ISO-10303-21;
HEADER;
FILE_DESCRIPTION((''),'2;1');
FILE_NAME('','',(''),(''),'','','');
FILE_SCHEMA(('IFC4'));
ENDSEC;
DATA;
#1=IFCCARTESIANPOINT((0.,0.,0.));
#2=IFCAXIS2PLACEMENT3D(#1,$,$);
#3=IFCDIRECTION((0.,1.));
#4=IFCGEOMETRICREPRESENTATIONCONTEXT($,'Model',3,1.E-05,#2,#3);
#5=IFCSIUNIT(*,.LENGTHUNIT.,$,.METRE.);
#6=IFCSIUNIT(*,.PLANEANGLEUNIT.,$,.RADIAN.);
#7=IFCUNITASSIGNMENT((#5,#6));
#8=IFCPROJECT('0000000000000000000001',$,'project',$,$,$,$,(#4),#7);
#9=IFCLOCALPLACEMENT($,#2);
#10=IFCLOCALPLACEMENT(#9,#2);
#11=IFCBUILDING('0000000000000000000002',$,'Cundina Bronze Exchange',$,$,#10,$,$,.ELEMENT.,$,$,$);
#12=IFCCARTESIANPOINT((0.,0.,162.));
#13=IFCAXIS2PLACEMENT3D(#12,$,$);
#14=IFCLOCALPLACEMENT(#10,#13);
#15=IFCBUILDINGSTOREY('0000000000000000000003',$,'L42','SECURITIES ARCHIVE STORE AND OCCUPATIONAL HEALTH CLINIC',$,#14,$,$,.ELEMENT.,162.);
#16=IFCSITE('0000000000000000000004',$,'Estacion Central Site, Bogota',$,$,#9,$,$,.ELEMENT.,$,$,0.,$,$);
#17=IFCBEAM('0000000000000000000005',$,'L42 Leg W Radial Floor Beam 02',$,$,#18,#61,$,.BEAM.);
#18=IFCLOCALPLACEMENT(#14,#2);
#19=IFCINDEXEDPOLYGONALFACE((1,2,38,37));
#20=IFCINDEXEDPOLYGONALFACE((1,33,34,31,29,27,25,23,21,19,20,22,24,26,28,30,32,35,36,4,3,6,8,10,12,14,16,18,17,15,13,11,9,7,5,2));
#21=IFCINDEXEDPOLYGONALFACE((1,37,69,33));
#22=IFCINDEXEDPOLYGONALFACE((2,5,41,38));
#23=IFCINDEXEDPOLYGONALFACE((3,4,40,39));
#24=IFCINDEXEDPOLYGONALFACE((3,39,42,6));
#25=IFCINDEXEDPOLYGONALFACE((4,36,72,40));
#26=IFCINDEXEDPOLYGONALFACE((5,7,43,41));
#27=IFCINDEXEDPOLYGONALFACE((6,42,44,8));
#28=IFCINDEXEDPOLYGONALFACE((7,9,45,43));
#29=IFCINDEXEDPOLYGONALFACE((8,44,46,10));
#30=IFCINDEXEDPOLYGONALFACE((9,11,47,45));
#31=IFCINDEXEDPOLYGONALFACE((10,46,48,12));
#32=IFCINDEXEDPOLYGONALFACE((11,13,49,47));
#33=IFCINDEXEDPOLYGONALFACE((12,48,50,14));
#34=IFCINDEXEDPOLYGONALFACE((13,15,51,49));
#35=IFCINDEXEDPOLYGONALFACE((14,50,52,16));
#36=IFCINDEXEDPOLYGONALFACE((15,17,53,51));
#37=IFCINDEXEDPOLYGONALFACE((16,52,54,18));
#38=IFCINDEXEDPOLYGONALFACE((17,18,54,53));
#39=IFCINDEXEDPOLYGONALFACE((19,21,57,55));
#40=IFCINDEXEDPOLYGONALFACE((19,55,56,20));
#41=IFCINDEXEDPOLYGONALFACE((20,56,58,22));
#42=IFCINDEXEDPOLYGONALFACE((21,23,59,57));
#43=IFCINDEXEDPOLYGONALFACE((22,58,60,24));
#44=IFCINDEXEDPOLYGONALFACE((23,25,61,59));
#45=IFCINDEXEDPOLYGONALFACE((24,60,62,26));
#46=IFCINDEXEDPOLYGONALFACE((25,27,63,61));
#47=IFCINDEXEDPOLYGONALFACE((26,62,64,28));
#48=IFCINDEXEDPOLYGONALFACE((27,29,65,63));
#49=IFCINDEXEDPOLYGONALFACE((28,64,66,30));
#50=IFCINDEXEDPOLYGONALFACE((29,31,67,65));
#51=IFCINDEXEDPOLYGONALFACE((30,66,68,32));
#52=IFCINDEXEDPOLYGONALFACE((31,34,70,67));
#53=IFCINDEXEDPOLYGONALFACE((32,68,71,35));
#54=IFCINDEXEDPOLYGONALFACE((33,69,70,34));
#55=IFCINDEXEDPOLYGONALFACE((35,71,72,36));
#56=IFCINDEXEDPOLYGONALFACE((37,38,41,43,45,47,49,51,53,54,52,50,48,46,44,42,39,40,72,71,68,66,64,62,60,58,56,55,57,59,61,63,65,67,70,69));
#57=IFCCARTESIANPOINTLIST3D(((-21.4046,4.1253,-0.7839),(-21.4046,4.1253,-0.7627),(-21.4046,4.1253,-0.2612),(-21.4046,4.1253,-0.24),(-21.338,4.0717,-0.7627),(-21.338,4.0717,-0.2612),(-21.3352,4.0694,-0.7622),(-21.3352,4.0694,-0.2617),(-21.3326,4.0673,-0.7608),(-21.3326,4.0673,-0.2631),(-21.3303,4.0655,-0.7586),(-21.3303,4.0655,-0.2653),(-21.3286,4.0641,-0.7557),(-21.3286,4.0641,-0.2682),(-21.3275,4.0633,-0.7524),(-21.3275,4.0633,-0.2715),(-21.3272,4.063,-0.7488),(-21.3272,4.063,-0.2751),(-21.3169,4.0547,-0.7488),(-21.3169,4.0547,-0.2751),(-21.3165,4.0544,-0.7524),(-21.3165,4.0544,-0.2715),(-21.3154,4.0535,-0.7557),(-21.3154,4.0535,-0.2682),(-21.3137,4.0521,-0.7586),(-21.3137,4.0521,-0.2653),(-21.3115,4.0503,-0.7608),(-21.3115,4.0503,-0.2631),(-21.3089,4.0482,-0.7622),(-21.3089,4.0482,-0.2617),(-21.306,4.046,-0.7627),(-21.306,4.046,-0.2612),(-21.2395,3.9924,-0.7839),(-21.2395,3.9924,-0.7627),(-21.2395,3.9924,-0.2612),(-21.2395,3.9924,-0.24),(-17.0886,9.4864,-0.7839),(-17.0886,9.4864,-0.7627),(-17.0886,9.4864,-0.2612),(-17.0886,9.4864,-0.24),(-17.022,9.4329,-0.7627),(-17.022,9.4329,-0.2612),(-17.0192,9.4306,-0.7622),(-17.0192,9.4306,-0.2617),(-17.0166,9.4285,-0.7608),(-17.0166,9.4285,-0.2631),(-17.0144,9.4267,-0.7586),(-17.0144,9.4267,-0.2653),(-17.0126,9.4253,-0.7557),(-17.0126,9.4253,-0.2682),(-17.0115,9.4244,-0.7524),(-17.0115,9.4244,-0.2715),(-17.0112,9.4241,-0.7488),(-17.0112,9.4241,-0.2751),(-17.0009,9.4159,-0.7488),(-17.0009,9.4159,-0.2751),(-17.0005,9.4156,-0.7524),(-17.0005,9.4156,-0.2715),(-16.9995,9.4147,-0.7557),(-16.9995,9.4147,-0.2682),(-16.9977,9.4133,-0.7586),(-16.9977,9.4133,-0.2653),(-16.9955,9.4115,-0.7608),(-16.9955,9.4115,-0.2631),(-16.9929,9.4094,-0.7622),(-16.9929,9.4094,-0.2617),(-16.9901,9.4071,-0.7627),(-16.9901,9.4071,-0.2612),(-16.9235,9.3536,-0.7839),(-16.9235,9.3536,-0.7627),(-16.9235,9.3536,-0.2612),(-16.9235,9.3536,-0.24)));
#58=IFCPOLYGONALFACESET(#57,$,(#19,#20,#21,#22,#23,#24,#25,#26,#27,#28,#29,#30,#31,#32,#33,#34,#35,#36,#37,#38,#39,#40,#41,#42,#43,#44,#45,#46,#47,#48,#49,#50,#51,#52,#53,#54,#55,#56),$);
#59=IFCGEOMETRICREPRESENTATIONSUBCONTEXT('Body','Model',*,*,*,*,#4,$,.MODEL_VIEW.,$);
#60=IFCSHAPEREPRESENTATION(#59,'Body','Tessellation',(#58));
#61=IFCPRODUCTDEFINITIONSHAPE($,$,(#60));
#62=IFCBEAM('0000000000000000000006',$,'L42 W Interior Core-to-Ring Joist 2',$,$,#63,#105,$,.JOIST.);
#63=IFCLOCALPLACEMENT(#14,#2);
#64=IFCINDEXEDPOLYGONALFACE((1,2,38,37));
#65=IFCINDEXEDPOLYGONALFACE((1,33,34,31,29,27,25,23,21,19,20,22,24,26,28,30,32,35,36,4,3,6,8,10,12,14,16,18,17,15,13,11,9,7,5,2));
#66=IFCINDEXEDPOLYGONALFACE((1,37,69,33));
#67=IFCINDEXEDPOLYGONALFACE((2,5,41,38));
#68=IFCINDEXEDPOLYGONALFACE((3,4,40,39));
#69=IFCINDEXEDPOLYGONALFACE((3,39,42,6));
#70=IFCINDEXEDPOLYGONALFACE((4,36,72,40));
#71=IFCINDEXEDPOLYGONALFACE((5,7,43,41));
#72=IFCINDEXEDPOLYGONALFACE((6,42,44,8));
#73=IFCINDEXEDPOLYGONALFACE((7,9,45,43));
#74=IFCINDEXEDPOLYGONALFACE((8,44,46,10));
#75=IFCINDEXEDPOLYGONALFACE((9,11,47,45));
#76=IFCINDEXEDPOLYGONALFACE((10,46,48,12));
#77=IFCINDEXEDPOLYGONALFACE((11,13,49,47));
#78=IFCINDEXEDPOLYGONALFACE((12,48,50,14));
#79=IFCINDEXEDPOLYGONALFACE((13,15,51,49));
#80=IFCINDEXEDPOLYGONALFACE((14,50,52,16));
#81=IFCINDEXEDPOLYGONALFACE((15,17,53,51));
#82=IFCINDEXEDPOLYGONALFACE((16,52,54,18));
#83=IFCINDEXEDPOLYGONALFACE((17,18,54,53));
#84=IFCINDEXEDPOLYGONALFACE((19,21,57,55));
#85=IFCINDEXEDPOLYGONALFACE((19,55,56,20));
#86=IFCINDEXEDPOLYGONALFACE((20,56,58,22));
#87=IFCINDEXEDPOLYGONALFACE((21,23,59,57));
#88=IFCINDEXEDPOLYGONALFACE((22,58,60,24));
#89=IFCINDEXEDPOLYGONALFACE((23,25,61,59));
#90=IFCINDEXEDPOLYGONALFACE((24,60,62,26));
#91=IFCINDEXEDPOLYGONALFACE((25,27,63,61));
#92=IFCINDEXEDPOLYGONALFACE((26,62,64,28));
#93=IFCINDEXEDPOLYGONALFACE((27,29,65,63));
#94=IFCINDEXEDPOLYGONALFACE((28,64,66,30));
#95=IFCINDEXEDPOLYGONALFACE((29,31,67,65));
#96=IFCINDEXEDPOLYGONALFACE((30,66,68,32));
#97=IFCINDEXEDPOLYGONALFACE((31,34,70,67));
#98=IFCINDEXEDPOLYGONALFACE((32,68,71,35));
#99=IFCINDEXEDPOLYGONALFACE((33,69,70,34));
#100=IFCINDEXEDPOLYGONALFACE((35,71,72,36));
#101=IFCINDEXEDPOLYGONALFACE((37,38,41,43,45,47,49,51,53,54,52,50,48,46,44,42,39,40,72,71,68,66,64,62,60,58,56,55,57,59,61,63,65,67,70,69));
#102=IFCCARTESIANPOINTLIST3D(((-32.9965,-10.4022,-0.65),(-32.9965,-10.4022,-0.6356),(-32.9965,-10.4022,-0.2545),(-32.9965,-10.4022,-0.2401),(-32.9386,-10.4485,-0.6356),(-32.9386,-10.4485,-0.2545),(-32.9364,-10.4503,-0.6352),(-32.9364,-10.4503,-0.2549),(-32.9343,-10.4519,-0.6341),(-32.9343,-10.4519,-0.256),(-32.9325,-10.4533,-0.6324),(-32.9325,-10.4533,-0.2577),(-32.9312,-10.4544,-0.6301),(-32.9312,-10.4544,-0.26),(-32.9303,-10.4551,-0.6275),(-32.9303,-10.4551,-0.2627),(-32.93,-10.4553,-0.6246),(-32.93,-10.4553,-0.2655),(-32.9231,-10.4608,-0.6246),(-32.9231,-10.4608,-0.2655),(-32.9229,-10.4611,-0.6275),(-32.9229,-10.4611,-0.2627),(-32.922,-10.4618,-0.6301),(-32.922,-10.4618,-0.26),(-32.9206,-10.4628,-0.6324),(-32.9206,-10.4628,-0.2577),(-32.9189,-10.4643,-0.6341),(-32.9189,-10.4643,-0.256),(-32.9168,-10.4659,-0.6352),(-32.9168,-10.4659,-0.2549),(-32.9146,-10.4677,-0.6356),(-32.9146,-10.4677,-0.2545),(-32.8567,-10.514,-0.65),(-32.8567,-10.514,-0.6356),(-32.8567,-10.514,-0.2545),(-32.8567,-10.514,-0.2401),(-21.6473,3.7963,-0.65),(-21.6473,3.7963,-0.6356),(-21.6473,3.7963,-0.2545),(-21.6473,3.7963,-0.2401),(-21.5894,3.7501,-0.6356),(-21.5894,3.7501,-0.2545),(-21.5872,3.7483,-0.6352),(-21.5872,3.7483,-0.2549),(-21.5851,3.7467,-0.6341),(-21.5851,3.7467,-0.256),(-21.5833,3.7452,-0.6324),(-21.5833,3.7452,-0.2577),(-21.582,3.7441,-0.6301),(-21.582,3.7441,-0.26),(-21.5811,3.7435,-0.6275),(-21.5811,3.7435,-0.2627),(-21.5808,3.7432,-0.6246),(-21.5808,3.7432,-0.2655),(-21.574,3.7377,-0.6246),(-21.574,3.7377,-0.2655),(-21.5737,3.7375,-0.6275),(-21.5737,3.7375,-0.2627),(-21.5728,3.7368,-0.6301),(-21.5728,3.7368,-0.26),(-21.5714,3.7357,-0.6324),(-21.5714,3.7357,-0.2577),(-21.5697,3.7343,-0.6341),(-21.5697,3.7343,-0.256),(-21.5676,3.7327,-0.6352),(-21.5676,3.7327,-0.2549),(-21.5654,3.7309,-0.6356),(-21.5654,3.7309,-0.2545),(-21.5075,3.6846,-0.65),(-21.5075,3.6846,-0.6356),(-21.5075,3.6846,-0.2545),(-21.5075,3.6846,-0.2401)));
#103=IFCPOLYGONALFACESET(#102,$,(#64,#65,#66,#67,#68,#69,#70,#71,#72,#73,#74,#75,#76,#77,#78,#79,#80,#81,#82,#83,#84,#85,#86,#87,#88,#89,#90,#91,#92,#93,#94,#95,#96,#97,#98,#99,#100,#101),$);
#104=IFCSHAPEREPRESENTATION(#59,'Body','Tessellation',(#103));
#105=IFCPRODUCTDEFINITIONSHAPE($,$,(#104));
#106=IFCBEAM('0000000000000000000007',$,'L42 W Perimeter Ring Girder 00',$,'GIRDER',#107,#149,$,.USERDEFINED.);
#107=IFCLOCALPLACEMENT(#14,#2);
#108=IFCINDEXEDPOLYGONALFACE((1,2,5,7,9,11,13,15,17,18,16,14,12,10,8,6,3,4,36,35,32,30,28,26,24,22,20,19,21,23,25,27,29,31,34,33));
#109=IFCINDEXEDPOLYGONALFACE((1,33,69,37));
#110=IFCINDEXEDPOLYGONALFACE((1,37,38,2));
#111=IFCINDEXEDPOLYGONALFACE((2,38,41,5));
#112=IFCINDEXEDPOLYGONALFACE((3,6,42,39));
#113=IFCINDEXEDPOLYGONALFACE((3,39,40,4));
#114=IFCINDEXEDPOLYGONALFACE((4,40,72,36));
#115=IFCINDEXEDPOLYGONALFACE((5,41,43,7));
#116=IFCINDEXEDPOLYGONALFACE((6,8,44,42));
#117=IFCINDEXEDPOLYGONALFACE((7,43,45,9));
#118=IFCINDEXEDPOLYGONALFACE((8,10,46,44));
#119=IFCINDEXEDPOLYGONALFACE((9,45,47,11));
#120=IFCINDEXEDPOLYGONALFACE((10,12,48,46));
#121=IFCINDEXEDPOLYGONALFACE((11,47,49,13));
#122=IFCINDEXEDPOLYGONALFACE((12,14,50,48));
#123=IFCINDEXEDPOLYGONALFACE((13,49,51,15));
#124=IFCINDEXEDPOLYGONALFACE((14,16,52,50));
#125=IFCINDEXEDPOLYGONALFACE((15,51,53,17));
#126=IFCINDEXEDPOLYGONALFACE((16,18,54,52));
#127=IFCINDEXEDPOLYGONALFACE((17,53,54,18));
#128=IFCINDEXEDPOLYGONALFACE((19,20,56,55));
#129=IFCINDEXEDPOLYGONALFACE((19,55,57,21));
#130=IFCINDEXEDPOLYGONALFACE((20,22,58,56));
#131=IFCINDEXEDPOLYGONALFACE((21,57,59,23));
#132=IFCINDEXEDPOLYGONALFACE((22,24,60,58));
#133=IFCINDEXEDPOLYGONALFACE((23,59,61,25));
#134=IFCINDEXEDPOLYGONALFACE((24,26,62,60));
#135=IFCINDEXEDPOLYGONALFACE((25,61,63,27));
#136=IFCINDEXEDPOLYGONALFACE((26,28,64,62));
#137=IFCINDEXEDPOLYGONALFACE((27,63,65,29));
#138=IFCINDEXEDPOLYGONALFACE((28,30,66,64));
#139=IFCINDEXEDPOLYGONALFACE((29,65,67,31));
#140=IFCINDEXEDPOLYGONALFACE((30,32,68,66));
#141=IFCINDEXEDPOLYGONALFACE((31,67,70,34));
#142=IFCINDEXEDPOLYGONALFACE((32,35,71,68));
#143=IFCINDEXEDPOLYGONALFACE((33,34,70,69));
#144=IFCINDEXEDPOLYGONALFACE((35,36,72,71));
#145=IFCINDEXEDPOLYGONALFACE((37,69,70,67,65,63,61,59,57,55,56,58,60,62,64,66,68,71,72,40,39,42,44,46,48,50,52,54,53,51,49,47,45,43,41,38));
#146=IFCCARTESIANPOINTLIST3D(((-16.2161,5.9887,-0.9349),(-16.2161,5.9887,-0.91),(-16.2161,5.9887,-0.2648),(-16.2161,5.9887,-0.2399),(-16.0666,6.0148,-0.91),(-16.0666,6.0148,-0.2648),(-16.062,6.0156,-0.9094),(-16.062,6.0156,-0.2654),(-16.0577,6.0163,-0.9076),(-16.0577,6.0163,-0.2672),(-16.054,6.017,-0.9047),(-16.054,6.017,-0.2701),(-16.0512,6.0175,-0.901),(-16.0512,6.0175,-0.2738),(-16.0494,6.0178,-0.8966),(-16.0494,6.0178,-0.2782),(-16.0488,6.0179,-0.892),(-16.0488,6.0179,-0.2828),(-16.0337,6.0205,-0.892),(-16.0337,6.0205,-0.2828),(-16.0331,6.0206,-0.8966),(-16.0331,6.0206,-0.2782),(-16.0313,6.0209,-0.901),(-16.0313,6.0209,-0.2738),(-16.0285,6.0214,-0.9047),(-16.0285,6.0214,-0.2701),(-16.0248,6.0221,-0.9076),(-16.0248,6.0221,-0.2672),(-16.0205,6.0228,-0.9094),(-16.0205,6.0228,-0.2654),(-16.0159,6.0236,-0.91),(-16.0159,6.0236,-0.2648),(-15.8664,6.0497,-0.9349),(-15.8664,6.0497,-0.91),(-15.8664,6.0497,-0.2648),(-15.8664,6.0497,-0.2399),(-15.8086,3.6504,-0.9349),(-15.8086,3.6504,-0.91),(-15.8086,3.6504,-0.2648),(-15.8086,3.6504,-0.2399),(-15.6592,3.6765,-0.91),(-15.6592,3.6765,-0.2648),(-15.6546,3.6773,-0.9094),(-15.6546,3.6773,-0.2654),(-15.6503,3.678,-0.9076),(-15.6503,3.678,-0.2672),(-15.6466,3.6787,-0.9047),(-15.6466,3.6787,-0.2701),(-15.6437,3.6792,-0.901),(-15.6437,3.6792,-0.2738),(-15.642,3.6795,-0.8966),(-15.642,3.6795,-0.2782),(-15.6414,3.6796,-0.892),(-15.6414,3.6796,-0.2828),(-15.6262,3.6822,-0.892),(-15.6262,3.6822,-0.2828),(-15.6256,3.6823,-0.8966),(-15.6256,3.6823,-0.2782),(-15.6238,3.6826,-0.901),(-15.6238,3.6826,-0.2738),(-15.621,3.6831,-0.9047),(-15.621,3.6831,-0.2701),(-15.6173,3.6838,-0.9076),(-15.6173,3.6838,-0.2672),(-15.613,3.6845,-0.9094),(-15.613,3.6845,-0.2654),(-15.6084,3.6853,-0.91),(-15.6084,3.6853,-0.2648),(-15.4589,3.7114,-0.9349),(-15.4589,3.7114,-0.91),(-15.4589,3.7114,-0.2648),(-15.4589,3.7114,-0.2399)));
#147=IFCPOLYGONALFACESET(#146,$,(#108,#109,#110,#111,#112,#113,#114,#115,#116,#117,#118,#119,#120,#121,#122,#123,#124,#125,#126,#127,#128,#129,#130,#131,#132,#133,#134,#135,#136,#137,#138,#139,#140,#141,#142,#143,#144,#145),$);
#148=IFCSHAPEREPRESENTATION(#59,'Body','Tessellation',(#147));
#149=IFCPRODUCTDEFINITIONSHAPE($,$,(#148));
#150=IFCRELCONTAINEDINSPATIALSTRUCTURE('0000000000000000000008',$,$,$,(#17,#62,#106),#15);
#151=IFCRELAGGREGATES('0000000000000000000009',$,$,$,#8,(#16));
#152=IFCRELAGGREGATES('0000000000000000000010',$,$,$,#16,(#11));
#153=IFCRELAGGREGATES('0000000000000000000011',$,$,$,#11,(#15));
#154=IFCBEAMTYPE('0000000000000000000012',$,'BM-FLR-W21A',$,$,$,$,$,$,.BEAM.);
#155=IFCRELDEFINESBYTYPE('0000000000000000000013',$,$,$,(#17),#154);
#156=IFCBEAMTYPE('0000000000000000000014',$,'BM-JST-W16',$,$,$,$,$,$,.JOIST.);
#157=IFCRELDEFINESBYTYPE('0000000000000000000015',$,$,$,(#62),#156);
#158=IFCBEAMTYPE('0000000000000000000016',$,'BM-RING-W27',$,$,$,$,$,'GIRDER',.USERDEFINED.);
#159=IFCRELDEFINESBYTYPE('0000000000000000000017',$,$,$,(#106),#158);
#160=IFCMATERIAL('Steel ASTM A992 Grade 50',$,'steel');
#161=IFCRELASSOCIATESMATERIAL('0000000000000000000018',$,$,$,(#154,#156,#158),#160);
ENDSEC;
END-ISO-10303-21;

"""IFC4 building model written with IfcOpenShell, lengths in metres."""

from ifc_helpers import new_model, si_unit, direction, frame, origin, origin_2d, place, context, subcontext, project, spatial, i_section, extrude, material, material_profile, profile_set, type_object, element, save


model = new_model("IFC4")

# Units and contexts
model_context = context("Model", 3, precision=1e-05, world=origin(), true_north=direction((0.0, 1.0)))
body_context = subcontext(model_context, "Body", "Model", "MODEL_VIEW")
ifc_project = project(units=[si_unit("LENGTHUNIT", "METRE"), si_unit("PLANEANGLEUNIT", "RADIAN")], contexts=[model_context])

# Site, building, storey
site_placement = place(None, origin())
site = spatial("IfcSite", under=ifc_project, at=site_placement, Name="Estacion Central Site, Bogota", CompositionType="ELEMENT", RefElevation=0.0)
building_placement = place(site_placement, origin())
building = spatial("IfcBuilding", under=site, at=building_placement, Name="Cundina Bronze Exchange", CompositionType="ELEMENT")
storey_placement = place(building_placement, frame((0.0, 0.0, 162.0)))
storey = spatial("IfcBuildingStorey", under=building, at=storey_placement, Name="L42", Description="SECURITIES ARCHIVE STORE AND OCCUPATIONAL HEALTH CLINIC", CompositionType="ELEMENT", Elevation=162.0)

# Shared definitions
ifc_material_1 = material(Name="Steel ASTM A992 Grade 50", Category="steel")

# Beams
ifc_material_profile_1 = material_profile(ifc_material_1, i_section(OverallWidth=0.2119, OverallDepth=0.5439, WebThickness=0.0132, FlangeThickness=0.0212, FilletRadius=0.0139, at=origin_2d()), Name="W21X83", Category="steel")
ifc_profile_set_1 = profile_set([ifc_material_profile_1], Name="Steel ASTM A992 Grade 50")
beam_type_1 = type_object("IfcBeamType", Name="BM-FLR-W21A", PredefinedType="BEAM", material=ifc_profile_set_1)
beam_1_placement = place(storey_placement, frame((-21.322, 4.0588, -0.512), z_axis=(0.627089, 0.778948, 0.0), x_axis=(-0.778948, 0.627089, 0.0)))
element("IfcBeam", 1, at=beam_1_placement, inside=storey, type_object=beam_type_1, Name="L42 Leg W Radial Floor Beam 02", PredefinedType="BEAM", context=body_context, shape_type="SweptSolid", body=[
    extrude(i_section(OverallWidth=0.2119, OverallDepth=0.5439, WebThickness=0.0132, FlangeThickness=0.0212, FilletRadius=0.0139, at=origin_2d()), origin(), (0.0, 0.0, 1.0), 6.8826),
])
ifc_material_profile_2 = material_profile(ifc_material_1, i_section(OverallWidth=0.179, OverallDepth=0.4099, WebThickness=0.0088, FlangeThickness=0.0144, FilletRadius=0.011, at=origin_2d()), Name="W16X45", Category="steel")
ifc_profile_set_2 = profile_set([ifc_material_profile_2], Name="Steel ASTM A992 Grade 50")
beam_type_2 = type_object("IfcBeamType", Name="BM-JST-W16", PredefinedType="JOIST", material=ifc_profile_set_2)
beam_2_placement = place(storey_placement, frame((-21.5774, 3.7405, -0.4451), z_axis=(-0.624371, -0.781128, 0.0), x_axis=(0.781128, -0.624371, 0.0)))
element("IfcBeam", 2, at=beam_2_placement, inside=storey, type_object=beam_type_2, Name="L42 W Interior Core-to-Ring Joist 2", PredefinedType="JOIST", context=body_context, shape_type="SweptSolid", body=[
    extrude(i_section(OverallWidth=0.179, OverallDepth=0.4099, WebThickness=0.0088, FlangeThickness=0.0144, FilletRadius=0.011, at=origin_2d()), origin(), (0.0, 0.0, 1.0), 18.177),
])
ifc_material_profile_3 = material_profile(ifc_material_1, i_section(OverallWidth=0.355, OverallDepth=0.6951, WebThickness=0.0154, FlangeThickness=0.0249, FilletRadius=0.0181, at=origin_2d()), Name="W27X146", Category="steel")
ifc_profile_set_3 = profile_set([ifc_material_profile_3], Name="Steel ASTM A992 Grade 50")
beam_type_3 = type_object("IfcBeamType", Name="BM-RING-W27", ElementType="GIRDER", PredefinedType="USERDEFINED", material=ifc_profile_set_3)
beam_3_placement = place(storey_placement, frame((-15.6338, 3.6809, -0.5874), z_axis=(-0.171667, 0.985155, 0.0), x_axis=(-0.985155, -0.171667, 0.0)))
element("IfcBeam", 3, at=beam_3_placement, inside=storey, type_object=beam_type_3, Name="L42 W Perimeter Ring Girder 00", ObjectType="GIRDER", PredefinedType="USERDEFINED", context=body_context, shape_type="SweptSolid", body=[
    extrude(i_section(OverallWidth=0.355, OverallDepth=0.6951, WebThickness=0.0154, FlangeThickness=0.0249, FilletRadius=0.0181, at=origin_2d()), origin(), (0.0, 0.0, 1.0), 2.3735),
])

save(model, "model.ifc")
